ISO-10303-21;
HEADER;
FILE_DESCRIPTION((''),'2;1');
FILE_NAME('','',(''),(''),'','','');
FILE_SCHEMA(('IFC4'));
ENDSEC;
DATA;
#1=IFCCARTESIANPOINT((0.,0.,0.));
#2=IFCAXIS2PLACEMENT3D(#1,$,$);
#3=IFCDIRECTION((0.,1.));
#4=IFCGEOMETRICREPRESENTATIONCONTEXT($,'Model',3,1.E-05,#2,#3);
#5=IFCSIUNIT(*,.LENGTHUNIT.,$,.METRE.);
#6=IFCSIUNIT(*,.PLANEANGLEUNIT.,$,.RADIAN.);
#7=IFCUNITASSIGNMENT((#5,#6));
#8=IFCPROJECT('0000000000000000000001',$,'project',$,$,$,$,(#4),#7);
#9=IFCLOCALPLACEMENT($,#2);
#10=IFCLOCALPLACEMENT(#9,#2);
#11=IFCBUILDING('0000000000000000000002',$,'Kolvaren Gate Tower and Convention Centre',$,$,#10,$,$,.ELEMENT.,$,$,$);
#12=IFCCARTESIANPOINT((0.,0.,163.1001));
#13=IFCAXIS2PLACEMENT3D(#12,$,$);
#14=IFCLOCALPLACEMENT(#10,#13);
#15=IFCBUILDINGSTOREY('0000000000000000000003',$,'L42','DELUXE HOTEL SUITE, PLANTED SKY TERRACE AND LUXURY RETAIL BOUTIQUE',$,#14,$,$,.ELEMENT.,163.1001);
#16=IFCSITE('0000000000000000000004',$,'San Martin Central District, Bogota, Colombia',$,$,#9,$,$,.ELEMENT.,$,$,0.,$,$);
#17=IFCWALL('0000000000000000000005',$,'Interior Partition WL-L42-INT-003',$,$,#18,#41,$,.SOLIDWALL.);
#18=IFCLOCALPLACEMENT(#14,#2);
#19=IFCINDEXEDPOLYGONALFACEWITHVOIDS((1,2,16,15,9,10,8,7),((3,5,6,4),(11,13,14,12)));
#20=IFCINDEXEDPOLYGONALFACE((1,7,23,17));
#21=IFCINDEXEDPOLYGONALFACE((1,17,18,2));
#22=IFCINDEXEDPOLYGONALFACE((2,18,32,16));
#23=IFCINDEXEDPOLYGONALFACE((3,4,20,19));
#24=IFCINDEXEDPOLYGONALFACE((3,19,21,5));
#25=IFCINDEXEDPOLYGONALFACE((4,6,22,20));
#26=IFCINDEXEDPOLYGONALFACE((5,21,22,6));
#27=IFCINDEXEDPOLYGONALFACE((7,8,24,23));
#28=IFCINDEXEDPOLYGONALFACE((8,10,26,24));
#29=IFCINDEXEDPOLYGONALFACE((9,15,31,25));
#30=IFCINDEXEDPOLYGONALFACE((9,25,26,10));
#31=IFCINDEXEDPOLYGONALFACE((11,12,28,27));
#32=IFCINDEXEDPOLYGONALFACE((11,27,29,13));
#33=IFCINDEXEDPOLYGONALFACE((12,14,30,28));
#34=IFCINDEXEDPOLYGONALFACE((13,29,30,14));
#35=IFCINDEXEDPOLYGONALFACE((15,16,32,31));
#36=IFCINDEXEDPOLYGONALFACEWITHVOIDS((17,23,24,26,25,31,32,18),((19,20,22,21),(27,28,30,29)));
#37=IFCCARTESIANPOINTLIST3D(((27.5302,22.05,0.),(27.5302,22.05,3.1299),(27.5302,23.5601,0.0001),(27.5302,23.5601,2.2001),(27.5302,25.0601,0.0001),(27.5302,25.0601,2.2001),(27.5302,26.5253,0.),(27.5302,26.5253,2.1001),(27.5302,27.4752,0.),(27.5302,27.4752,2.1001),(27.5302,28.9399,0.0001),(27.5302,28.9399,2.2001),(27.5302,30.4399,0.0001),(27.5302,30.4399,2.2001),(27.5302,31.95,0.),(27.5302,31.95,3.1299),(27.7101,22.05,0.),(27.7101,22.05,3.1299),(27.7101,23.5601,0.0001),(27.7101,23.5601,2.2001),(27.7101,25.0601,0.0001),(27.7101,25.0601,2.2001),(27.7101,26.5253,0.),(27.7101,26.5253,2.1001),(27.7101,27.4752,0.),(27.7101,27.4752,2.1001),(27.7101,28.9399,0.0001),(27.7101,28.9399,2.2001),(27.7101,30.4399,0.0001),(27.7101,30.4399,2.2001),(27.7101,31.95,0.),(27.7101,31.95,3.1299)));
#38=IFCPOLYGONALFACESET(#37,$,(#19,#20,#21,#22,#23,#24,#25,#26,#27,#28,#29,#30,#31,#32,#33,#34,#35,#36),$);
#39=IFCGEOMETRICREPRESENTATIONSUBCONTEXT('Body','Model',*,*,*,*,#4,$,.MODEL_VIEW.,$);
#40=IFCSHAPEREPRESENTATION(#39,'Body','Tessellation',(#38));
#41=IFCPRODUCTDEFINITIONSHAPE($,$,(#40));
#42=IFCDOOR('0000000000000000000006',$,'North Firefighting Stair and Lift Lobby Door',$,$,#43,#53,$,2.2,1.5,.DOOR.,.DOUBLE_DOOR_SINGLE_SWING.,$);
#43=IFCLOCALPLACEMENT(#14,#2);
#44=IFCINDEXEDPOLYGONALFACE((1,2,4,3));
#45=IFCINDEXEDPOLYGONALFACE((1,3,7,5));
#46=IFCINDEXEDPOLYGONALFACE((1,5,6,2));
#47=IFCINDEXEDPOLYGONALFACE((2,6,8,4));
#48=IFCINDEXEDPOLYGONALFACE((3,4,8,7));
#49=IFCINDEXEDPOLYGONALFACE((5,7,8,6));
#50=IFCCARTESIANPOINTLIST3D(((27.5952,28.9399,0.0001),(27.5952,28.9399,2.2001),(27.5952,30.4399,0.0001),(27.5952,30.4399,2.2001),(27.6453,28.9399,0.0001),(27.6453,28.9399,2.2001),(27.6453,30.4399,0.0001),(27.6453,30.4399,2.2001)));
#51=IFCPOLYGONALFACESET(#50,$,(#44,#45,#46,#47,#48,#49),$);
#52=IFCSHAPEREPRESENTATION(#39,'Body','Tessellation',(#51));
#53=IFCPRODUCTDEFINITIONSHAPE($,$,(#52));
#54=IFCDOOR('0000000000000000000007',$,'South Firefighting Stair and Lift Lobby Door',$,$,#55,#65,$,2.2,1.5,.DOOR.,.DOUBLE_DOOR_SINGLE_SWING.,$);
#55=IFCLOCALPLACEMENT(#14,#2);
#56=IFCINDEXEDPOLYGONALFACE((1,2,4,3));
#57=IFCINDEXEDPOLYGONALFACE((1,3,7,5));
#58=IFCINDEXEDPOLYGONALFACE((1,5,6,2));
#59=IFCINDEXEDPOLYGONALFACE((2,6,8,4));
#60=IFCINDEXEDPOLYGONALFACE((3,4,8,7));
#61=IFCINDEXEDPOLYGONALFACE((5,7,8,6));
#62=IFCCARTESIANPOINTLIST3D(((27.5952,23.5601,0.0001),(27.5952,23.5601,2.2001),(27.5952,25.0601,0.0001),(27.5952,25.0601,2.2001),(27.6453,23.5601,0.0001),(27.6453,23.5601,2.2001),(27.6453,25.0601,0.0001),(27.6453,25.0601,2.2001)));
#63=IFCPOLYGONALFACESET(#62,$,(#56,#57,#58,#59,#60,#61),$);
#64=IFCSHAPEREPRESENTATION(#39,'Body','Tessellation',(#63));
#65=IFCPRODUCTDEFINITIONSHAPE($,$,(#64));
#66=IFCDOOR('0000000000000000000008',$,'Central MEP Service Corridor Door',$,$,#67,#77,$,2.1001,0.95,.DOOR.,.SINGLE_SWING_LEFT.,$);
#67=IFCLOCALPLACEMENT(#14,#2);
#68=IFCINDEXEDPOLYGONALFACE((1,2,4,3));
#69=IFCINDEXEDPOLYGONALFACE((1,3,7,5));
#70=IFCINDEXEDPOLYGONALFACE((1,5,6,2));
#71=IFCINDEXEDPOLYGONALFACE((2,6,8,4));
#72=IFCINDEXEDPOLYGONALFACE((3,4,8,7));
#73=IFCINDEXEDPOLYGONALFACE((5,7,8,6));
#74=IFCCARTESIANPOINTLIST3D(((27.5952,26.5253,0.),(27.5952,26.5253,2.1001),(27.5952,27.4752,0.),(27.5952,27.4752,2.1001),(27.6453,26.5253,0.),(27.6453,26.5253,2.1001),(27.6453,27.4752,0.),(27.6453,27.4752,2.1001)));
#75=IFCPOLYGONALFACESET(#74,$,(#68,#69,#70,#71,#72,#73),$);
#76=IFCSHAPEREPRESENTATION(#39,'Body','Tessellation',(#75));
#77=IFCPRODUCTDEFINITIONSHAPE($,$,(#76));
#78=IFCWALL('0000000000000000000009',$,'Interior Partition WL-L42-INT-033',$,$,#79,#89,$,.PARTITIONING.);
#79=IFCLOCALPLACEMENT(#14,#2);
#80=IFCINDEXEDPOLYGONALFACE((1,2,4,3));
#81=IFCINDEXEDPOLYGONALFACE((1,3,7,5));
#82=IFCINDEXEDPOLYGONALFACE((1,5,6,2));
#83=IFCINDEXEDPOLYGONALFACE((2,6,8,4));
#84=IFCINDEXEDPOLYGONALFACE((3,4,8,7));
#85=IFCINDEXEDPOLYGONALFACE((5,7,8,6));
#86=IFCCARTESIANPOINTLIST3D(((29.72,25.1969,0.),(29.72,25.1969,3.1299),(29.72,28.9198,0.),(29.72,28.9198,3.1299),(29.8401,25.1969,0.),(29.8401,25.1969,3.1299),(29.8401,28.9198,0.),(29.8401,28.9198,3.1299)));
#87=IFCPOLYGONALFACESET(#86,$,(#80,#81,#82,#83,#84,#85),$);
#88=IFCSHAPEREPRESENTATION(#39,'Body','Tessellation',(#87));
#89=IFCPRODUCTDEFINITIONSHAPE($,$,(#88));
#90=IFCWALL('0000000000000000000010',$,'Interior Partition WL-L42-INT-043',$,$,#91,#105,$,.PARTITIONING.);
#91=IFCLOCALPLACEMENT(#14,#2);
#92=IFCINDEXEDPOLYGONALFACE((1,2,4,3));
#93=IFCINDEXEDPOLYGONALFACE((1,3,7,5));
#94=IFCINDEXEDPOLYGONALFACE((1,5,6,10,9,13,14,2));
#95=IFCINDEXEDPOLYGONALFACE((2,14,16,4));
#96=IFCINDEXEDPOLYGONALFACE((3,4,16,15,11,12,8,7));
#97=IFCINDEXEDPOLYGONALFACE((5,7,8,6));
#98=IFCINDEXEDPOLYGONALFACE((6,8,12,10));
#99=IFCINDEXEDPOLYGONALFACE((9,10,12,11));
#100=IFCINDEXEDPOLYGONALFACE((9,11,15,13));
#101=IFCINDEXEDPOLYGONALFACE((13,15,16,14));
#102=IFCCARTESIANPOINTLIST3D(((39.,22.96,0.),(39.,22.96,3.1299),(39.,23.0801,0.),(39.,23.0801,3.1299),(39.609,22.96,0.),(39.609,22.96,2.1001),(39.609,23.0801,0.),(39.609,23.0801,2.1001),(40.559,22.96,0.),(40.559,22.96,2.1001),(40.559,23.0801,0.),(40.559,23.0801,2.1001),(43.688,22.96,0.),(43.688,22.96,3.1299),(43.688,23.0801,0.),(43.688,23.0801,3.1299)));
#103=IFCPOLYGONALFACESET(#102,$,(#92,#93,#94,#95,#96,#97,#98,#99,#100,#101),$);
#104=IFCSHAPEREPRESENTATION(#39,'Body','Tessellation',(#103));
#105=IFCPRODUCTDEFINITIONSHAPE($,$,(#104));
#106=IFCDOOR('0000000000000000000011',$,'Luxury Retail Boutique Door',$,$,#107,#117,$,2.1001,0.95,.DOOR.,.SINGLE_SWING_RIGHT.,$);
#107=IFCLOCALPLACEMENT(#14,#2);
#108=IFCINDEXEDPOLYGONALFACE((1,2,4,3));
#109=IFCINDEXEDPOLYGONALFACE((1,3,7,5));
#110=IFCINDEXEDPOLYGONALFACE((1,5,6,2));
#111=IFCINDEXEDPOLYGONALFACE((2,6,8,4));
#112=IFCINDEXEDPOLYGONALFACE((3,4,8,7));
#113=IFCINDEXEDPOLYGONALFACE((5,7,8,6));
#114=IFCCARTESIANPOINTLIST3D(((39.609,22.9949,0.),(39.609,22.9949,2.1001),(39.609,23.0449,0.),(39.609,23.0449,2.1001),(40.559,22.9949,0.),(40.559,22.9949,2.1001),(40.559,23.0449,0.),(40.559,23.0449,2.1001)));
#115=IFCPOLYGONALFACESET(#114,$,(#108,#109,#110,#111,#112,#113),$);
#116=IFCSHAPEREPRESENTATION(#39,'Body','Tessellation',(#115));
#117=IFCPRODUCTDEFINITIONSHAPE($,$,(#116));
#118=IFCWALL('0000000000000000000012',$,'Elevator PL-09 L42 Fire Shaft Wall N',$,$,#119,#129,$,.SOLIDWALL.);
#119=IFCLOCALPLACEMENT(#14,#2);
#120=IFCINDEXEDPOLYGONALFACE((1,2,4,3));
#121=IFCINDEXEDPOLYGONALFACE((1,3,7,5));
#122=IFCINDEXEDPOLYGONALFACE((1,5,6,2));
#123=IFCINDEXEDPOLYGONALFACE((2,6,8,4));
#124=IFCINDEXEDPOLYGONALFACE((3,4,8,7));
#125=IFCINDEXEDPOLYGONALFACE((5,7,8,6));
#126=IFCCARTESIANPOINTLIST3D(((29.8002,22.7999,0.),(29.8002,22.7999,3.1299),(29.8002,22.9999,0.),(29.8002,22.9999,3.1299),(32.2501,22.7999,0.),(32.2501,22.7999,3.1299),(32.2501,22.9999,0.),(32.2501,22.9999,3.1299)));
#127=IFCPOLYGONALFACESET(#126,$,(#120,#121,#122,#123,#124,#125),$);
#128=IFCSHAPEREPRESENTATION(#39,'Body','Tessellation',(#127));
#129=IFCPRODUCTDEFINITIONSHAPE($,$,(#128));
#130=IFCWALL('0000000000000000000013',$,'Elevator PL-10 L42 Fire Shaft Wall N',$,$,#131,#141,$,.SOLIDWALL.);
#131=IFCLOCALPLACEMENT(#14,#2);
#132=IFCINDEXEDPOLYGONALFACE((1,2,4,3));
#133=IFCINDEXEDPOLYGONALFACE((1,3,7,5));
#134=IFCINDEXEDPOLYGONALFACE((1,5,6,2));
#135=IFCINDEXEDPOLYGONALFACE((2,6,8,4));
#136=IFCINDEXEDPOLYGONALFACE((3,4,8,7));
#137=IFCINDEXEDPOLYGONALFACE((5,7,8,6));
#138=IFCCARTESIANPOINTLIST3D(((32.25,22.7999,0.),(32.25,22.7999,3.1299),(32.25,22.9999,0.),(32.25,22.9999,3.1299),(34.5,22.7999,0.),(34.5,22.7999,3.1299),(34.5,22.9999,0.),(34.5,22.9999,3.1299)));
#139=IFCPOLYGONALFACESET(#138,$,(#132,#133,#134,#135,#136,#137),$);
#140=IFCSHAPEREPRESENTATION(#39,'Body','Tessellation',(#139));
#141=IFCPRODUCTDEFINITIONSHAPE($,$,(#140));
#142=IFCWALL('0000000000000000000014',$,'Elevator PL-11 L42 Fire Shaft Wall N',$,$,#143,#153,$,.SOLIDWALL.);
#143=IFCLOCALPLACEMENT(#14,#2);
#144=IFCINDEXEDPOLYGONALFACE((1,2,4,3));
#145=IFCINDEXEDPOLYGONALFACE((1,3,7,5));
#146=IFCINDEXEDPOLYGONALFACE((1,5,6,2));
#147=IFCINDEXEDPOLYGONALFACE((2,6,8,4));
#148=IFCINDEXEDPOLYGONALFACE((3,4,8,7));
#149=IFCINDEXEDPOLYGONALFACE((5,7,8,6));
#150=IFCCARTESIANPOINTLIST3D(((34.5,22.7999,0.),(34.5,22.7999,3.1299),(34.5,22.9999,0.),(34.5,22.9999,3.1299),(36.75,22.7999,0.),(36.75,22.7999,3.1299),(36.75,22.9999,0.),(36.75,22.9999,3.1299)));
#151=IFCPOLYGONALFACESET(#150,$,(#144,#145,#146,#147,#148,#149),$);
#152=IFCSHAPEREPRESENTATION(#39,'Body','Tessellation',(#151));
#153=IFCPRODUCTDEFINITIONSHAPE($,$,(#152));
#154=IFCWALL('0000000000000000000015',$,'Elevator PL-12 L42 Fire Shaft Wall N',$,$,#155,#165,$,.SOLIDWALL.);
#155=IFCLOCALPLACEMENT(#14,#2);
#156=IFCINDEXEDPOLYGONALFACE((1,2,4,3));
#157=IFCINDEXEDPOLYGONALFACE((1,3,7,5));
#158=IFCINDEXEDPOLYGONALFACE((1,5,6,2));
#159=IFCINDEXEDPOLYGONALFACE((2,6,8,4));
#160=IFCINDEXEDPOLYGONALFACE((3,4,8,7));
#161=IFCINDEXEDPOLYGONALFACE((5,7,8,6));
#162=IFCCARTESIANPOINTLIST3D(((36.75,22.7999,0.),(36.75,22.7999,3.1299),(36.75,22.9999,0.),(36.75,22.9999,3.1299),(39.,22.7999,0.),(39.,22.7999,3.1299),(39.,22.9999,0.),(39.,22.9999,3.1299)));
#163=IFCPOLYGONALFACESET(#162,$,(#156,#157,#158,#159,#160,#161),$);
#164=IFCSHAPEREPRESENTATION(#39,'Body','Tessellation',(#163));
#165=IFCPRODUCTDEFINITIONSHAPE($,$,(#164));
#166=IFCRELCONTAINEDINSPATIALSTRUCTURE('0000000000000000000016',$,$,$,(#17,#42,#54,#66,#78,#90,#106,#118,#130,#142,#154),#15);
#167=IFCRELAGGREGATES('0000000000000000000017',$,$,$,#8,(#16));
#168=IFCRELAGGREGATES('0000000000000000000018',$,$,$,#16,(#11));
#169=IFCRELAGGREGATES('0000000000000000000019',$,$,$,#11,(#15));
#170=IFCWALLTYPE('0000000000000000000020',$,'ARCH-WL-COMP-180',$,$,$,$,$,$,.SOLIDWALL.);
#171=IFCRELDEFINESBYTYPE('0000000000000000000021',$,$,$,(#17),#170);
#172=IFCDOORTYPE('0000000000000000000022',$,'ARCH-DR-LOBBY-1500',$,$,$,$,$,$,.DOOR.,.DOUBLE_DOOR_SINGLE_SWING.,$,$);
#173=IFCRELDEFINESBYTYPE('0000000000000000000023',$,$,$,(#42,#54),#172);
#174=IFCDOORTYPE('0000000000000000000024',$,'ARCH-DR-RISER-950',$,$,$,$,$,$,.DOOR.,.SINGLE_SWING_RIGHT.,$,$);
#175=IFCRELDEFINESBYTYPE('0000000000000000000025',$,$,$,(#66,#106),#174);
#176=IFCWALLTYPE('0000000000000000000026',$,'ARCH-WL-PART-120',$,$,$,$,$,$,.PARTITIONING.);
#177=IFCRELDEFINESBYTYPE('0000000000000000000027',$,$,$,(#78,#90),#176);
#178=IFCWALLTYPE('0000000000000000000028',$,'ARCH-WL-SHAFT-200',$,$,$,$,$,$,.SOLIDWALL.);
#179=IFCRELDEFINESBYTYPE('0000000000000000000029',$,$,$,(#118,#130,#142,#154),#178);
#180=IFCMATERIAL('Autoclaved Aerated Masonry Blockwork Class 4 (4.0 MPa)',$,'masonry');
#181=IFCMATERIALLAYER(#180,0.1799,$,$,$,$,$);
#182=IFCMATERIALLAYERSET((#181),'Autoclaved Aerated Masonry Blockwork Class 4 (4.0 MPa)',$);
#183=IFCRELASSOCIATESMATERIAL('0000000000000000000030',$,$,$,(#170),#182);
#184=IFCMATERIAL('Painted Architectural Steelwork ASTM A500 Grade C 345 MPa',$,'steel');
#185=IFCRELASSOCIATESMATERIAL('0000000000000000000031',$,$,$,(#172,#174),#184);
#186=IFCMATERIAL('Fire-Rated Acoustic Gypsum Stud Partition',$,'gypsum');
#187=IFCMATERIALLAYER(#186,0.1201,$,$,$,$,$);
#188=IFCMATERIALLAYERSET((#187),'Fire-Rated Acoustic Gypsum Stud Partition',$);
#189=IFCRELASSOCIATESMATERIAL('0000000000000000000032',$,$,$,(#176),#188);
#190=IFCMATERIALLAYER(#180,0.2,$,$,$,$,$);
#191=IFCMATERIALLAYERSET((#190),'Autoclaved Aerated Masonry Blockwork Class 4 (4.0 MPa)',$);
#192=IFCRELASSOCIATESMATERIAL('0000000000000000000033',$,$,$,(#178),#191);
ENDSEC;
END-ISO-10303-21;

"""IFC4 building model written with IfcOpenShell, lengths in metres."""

from ifc_helpers import new_model, si_unit, direction, frame, frame_2d, origin, place, context, subcontext, project, spatial, rectangle, extrude, material, layer, layer_set, type_object, element, fill, save


model = new_model("IFC4")

# Units and contexts
model_context = context("Model", 3, precision=1e-05, world=origin(), true_north=direction((0.0, 1.0)))
body_context = subcontext(model_context, "Body", "Model", "MODEL_VIEW")
ifc_project = project(units=[si_unit("LENGTHUNIT", "METRE"), si_unit("PLANEANGLEUNIT", "RADIAN")], contexts=[model_context])

# Site, building, storey
site_placement = place(None, origin())
site = spatial("IfcSite", under=ifc_project, at=site_placement, Name="San Martin Central District, Bogota, Colombia", CompositionType="ELEMENT", RefElevation=0.0)
building_placement = place(site_placement, origin())
building = spatial("IfcBuilding", under=site, at=building_placement, Name="Kolvaren Gate Tower and Convention Centre", CompositionType="ELEMENT")
storey_placement = place(building_placement, frame((0.0, 0.0, 163.1001)))
storey = spatial("IfcBuildingStorey", under=building, at=storey_placement, Name="L42", Description="DELUXE HOTEL SUITE, PLANTED SKY TERRACE AND LUXURY RETAIL BOUTIQUE", CompositionType="ELEMENT", Elevation=163.1001)

# Wall, openings, doors
ifc_material_1 = material(Name="Autoclaved Aerated Masonry Blockwork Class 4 (4.0 MPa)", Category="masonry")
ifc_layer_1 = layer(ifc_material_1, 0.1799)
ifc_layer_set_1 = layer_set([ifc_layer_1], Name="Autoclaved Aerated Masonry Blockwork Class 4 (4.0 MPa)")
wall_type_1 = type_object("IfcWallType", Name="ARCH-WL-COMP-180", PredefinedType="SOLIDWALL", material=ifc_layer_set_1)
wall_1_placement = place(storey_placement, frame((27.6201, 22.05, 0.0), z_axis=(0.0, 0.0, 1.0), x_axis=(0.0, 1.0, 0.0)))
wall_1 = element("IfcWall", 1, at=wall_1_placement, inside=storey, type_object=wall_type_1, Name="Interior Partition WL-L42-INT-003", PredefinedType="SOLIDWALL", context=body_context, shape_type="SweptSolid", body=[
    extrude(rectangle(XDim=9.8999, YDim=0.1799, at=frame_2d((4.95, 0.0))), origin(), (0.0, 0.0, 1.0), 3.1299),
])
opening_1_placement = place(wall_1_placement, frame((4.4751, 0.0, 0.0)))
opening_1 = element("IfcOpeningElement", 2, at=opening_1_placement, cuts=wall_1, PredefinedType="OPENING", context=body_context, shape_type="SweptSolid", body=[
    extrude(rectangle(XDim=0.95, YDim=2.1001, at=frame_2d((0.4751, 1.05))), frame((0.0, 0.0999, 0.0), z_axis=(0.0, -1.0, 0.0), x_axis=(1.0, 0.0, 0.0)), (0.0, 0.0, 1.0), 0.2),
])
opening_2_placement = place(wall_1_placement, frame((6.8899, 0.0, 0.0)))
opening_2 = element("IfcOpeningElement", 3, at=opening_2_placement, cuts=wall_1, PredefinedType="OPENING", context=body_context, shape_type="SweptSolid", body=[
    extrude(rectangle(XDim=1.5, YDim=2.2, at=frame_2d((0.75, 1.1001))), frame((0.0, 0.0999, 0.0), z_axis=(0.0, -1.0, 0.0), x_axis=(1.0, 0.0, 0.0)), (0.0, 0.0, 1.0), 0.2),
])
opening_3_placement = place(wall_1_placement, frame((1.51, 0.0, 0.0)))
opening_3 = element("IfcOpeningElement", 4, at=opening_3_placement, cuts=wall_1, PredefinedType="OPENING", context=body_context, shape_type="SweptSolid", body=[
    extrude(rectangle(XDim=1.5, YDim=2.2, at=frame_2d((0.75, 1.1001))), frame((0.0, 0.0999, 0.0), z_axis=(0.0, -1.0, 0.0), x_axis=(1.0, 0.0, 0.0)), (0.0, 0.0, 1.0), 0.2),
])
ifc_material_2 = material(Name="Painted Architectural Steelwork ASTM A500 Grade C 345 MPa", Category="steel")
door_type_1 = type_object("IfcDoorType", Name="ARCH-DR-LOBBY-1500", OperationType="DOUBLE_DOOR_SINGLE_SWING", PredefinedType="DOOR", material=ifc_material_2)
door_1_placement = place(opening_2_placement, origin())
door_1 = element("IfcDoor", 5, at=door_1_placement, inside=storey, type_object=door_type_1, Name="North Firefighting Stair and Lift Lobby Door", OperationType="DOUBLE_DOOR_SINGLE_SWING", OverallHeight=2.2, OverallWidth=1.5, PredefinedType="DOOR", context=body_context, shape_type="SweptSolid", body=[
    extrude(rectangle(XDim=1.5, YDim=2.2, at=frame_2d((0.75, 1.1001))), frame((0.0, 0.0249, 0.0), z_axis=(0.0, -1.0, 0.0), x_axis=(1.0, 0.0, 0.0)), (0.0, 0.0, 1.0), 0.05),
])
fill(opening_2, door_1)
door_2_placement = place(opening_3_placement, origin())
door_2 = element("IfcDoor", 6, at=door_2_placement, inside=storey, type_object=door_type_1, Name="South Firefighting Stair and Lift Lobby Door", OperationType="DOUBLE_DOOR_SINGLE_SWING", OverallHeight=2.2, OverallWidth=1.5, PredefinedType="DOOR", context=body_context, shape_type="SweptSolid", body=[
    extrude(rectangle(XDim=1.5, YDim=2.2, at=frame_2d((0.75, 1.1001))), frame((0.0, 0.0249, 0.0), z_axis=(0.0, -1.0, 0.0), x_axis=(1.0, 0.0, 0.0)), (0.0, 0.0, 1.0), 0.05),
])
fill(opening_3, door_2)
door_type_2 = type_object("IfcDoorType", Name="ARCH-DR-RISER-950", OperationType="SINGLE_SWING_RIGHT", PredefinedType="DOOR", material=ifc_material_2)
door_3_placement = place(opening_1_placement, origin())
door_3 = element("IfcDoor", 7, at=door_3_placement, inside=storey, type_object=door_type_2, Name="Central MEP Service Corridor Door", OperationType="SINGLE_SWING_LEFT", OverallHeight=2.1001, OverallWidth=0.95, PredefinedType="DOOR", context=body_context, shape_type="SweptSolid", body=[
    extrude(rectangle(XDim=0.95, YDim=2.1001, at=frame_2d((0.4751, 1.05))), frame((0.0, 0.0249, 0.0), z_axis=(0.0, -1.0, 0.0), x_axis=(1.0, 0.0, 0.0)), (0.0, 0.0, 1.0), 0.05),
])
fill(opening_1, door_3)

# Wall
ifc_material_3 = material(Name="Fire-Rated Acoustic Gypsum Stud Partition", Category="gypsum")
ifc_layer_2 = layer(ifc_material_3, 0.1201)
ifc_layer_set_2 = layer_set([ifc_layer_2], Name="Fire-Rated Acoustic Gypsum Stud Partition")
wall_type_2 = type_object("IfcWallType", Name="ARCH-WL-PART-120", PredefinedType="PARTITIONING", material=ifc_layer_set_2)
wall_2_placement = place(storey_placement, frame((29.78, 25.197, 0.0), z_axis=(0.0, 0.0, 1.0), x_axis=(0.0, 1.0, 0.0)))
element("IfcWall", 8, at=wall_2_placement, inside=storey, type_object=wall_type_2, Name="Interior Partition WL-L42-INT-033", PredefinedType="PARTITIONING", context=body_context, shape_type="SweptSolid", body=[
    extrude(rectangle(XDim=3.7229, YDim=0.1201, at=frame_2d((1.8613, 0.0))), origin(), (0.0, 0.0, 1.0), 3.1299),
])

# Wall, opening, door
wall_3_placement = place(storey_placement, frame((39.0, 23.02, 0.0), z_axis=(0.0, 0.0, 1.0), x_axis=(1.0, 0.0, 0.0)))
wall_3 = element("IfcWall", 9, at=wall_3_placement, inside=storey, type_object=wall_type_2, Name="Interior Partition WL-L42-INT-043", PredefinedType="PARTITIONING", context=body_context, shape_type="SweptSolid", body=[
    extrude(rectangle(XDim=4.688, YDim=0.1201, at=frame_2d((2.344, 0.0))), origin(), (0.0, 0.0, 1.0), 3.1299),
])
opening_4_placement = place(wall_3_placement, frame((0.6089, 0.0, 0.0)))
opening_4 = element("IfcOpeningElement", 10, at=opening_4_placement, cuts=wall_3, PredefinedType="OPENING", context=body_context, shape_type="SweptSolid", body=[
    extrude(rectangle(XDim=0.95, YDim=2.1001, at=frame_2d((0.4751, 1.05))), frame((0.0, 0.0701, 0.0), z_axis=(0.0, -1.0, 0.0), x_axis=(1.0, 0.0, 0.0)), (0.0, 0.0, 1.0), 0.1401),
])
door_4_placement = place(opening_4_placement, origin())
door_4 = element("IfcDoor", 11, at=door_4_placement, inside=storey, type_object=door_type_2, Name="Luxury Retail Boutique Door", OperationType="SINGLE_SWING_RIGHT", OverallHeight=2.1001, OverallWidth=0.95, PredefinedType="DOOR", context=body_context, shape_type="SweptSolid", body=[
    extrude(rectangle(XDim=0.95, YDim=2.1001, at=frame_2d((0.4751, 1.05))), frame((0.0, 0.0249, 0.0), z_axis=(0.0, -1.0, 0.0), x_axis=(1.0, 0.0, 0.0)), (0.0, 0.0, 1.0), 0.05),
])
fill(opening_4, door_4)

# Walls
ifc_layer_3 = layer(ifc_material_1, 0.2)
ifc_layer_set_3 = layer_set([ifc_layer_3], Name="Autoclaved Aerated Masonry Blockwork Class 4 (4.0 MPa)")
wall_type_3 = type_object("IfcWallType", Name="ARCH-WL-SHAFT-200", PredefinedType="SOLIDWALL", material=ifc_layer_set_3)
wall_4_placement = place(storey_placement, frame((29.8, 22.8999, 0.0), z_axis=(0.0, 0.0, 1.0), x_axis=(1.0, 0.0, 0.0)))
element("IfcWall", 12, at=wall_4_placement, inside=storey, type_object=wall_type_3, Name="Elevator PL-09 L42 Fire Shaft Wall N", PredefinedType="SOLIDWALL", context=body_context, shape_type="SweptSolid", body=[
    extrude(rectangle(XDim=2.45, YDim=0.2, at=frame_2d((1.2251, 0.0))), origin(), (0.0, 0.0, 1.0), 3.1299),
])
for number, where, z_axis, x_axis, name in (
    (13, (32.25, 22.8999, 0.0), (0.0, 0.0, 1.0), (1.0, 0.0, 0.0), "Elevator PL-10 L42 Fire Shaft Wall N"),
    (14, (34.5, 22.8999, 0.0), (0.0, 0.0, 1.0), (1.0, 0.0, 0.0), "Elevator PL-11 L42 Fire Shaft Wall N"),
    (15, (36.75, 22.8999, 0.0), (0.0, 0.0, 1.0), (1.0, 0.0, 0.0), "Elevator PL-12 L42 Fire Shaft Wall N"),
):
    element("IfcWall", number, at=place(storey_placement, frame(where, z_axis=z_axis, x_axis=x_axis)), inside=storey, type_object=wall_type_3, Name=name, PredefinedType="SOLIDWALL", context=body_context, shape_type="SweptSolid", body=[
        extrude(rectangle(XDim=2.25, YDim=0.2, at=frame_2d((1.125, 0.0))), origin(), (0.0, 0.0, 1.0), 3.1299),
    ])

save(model, "model.ifc")
